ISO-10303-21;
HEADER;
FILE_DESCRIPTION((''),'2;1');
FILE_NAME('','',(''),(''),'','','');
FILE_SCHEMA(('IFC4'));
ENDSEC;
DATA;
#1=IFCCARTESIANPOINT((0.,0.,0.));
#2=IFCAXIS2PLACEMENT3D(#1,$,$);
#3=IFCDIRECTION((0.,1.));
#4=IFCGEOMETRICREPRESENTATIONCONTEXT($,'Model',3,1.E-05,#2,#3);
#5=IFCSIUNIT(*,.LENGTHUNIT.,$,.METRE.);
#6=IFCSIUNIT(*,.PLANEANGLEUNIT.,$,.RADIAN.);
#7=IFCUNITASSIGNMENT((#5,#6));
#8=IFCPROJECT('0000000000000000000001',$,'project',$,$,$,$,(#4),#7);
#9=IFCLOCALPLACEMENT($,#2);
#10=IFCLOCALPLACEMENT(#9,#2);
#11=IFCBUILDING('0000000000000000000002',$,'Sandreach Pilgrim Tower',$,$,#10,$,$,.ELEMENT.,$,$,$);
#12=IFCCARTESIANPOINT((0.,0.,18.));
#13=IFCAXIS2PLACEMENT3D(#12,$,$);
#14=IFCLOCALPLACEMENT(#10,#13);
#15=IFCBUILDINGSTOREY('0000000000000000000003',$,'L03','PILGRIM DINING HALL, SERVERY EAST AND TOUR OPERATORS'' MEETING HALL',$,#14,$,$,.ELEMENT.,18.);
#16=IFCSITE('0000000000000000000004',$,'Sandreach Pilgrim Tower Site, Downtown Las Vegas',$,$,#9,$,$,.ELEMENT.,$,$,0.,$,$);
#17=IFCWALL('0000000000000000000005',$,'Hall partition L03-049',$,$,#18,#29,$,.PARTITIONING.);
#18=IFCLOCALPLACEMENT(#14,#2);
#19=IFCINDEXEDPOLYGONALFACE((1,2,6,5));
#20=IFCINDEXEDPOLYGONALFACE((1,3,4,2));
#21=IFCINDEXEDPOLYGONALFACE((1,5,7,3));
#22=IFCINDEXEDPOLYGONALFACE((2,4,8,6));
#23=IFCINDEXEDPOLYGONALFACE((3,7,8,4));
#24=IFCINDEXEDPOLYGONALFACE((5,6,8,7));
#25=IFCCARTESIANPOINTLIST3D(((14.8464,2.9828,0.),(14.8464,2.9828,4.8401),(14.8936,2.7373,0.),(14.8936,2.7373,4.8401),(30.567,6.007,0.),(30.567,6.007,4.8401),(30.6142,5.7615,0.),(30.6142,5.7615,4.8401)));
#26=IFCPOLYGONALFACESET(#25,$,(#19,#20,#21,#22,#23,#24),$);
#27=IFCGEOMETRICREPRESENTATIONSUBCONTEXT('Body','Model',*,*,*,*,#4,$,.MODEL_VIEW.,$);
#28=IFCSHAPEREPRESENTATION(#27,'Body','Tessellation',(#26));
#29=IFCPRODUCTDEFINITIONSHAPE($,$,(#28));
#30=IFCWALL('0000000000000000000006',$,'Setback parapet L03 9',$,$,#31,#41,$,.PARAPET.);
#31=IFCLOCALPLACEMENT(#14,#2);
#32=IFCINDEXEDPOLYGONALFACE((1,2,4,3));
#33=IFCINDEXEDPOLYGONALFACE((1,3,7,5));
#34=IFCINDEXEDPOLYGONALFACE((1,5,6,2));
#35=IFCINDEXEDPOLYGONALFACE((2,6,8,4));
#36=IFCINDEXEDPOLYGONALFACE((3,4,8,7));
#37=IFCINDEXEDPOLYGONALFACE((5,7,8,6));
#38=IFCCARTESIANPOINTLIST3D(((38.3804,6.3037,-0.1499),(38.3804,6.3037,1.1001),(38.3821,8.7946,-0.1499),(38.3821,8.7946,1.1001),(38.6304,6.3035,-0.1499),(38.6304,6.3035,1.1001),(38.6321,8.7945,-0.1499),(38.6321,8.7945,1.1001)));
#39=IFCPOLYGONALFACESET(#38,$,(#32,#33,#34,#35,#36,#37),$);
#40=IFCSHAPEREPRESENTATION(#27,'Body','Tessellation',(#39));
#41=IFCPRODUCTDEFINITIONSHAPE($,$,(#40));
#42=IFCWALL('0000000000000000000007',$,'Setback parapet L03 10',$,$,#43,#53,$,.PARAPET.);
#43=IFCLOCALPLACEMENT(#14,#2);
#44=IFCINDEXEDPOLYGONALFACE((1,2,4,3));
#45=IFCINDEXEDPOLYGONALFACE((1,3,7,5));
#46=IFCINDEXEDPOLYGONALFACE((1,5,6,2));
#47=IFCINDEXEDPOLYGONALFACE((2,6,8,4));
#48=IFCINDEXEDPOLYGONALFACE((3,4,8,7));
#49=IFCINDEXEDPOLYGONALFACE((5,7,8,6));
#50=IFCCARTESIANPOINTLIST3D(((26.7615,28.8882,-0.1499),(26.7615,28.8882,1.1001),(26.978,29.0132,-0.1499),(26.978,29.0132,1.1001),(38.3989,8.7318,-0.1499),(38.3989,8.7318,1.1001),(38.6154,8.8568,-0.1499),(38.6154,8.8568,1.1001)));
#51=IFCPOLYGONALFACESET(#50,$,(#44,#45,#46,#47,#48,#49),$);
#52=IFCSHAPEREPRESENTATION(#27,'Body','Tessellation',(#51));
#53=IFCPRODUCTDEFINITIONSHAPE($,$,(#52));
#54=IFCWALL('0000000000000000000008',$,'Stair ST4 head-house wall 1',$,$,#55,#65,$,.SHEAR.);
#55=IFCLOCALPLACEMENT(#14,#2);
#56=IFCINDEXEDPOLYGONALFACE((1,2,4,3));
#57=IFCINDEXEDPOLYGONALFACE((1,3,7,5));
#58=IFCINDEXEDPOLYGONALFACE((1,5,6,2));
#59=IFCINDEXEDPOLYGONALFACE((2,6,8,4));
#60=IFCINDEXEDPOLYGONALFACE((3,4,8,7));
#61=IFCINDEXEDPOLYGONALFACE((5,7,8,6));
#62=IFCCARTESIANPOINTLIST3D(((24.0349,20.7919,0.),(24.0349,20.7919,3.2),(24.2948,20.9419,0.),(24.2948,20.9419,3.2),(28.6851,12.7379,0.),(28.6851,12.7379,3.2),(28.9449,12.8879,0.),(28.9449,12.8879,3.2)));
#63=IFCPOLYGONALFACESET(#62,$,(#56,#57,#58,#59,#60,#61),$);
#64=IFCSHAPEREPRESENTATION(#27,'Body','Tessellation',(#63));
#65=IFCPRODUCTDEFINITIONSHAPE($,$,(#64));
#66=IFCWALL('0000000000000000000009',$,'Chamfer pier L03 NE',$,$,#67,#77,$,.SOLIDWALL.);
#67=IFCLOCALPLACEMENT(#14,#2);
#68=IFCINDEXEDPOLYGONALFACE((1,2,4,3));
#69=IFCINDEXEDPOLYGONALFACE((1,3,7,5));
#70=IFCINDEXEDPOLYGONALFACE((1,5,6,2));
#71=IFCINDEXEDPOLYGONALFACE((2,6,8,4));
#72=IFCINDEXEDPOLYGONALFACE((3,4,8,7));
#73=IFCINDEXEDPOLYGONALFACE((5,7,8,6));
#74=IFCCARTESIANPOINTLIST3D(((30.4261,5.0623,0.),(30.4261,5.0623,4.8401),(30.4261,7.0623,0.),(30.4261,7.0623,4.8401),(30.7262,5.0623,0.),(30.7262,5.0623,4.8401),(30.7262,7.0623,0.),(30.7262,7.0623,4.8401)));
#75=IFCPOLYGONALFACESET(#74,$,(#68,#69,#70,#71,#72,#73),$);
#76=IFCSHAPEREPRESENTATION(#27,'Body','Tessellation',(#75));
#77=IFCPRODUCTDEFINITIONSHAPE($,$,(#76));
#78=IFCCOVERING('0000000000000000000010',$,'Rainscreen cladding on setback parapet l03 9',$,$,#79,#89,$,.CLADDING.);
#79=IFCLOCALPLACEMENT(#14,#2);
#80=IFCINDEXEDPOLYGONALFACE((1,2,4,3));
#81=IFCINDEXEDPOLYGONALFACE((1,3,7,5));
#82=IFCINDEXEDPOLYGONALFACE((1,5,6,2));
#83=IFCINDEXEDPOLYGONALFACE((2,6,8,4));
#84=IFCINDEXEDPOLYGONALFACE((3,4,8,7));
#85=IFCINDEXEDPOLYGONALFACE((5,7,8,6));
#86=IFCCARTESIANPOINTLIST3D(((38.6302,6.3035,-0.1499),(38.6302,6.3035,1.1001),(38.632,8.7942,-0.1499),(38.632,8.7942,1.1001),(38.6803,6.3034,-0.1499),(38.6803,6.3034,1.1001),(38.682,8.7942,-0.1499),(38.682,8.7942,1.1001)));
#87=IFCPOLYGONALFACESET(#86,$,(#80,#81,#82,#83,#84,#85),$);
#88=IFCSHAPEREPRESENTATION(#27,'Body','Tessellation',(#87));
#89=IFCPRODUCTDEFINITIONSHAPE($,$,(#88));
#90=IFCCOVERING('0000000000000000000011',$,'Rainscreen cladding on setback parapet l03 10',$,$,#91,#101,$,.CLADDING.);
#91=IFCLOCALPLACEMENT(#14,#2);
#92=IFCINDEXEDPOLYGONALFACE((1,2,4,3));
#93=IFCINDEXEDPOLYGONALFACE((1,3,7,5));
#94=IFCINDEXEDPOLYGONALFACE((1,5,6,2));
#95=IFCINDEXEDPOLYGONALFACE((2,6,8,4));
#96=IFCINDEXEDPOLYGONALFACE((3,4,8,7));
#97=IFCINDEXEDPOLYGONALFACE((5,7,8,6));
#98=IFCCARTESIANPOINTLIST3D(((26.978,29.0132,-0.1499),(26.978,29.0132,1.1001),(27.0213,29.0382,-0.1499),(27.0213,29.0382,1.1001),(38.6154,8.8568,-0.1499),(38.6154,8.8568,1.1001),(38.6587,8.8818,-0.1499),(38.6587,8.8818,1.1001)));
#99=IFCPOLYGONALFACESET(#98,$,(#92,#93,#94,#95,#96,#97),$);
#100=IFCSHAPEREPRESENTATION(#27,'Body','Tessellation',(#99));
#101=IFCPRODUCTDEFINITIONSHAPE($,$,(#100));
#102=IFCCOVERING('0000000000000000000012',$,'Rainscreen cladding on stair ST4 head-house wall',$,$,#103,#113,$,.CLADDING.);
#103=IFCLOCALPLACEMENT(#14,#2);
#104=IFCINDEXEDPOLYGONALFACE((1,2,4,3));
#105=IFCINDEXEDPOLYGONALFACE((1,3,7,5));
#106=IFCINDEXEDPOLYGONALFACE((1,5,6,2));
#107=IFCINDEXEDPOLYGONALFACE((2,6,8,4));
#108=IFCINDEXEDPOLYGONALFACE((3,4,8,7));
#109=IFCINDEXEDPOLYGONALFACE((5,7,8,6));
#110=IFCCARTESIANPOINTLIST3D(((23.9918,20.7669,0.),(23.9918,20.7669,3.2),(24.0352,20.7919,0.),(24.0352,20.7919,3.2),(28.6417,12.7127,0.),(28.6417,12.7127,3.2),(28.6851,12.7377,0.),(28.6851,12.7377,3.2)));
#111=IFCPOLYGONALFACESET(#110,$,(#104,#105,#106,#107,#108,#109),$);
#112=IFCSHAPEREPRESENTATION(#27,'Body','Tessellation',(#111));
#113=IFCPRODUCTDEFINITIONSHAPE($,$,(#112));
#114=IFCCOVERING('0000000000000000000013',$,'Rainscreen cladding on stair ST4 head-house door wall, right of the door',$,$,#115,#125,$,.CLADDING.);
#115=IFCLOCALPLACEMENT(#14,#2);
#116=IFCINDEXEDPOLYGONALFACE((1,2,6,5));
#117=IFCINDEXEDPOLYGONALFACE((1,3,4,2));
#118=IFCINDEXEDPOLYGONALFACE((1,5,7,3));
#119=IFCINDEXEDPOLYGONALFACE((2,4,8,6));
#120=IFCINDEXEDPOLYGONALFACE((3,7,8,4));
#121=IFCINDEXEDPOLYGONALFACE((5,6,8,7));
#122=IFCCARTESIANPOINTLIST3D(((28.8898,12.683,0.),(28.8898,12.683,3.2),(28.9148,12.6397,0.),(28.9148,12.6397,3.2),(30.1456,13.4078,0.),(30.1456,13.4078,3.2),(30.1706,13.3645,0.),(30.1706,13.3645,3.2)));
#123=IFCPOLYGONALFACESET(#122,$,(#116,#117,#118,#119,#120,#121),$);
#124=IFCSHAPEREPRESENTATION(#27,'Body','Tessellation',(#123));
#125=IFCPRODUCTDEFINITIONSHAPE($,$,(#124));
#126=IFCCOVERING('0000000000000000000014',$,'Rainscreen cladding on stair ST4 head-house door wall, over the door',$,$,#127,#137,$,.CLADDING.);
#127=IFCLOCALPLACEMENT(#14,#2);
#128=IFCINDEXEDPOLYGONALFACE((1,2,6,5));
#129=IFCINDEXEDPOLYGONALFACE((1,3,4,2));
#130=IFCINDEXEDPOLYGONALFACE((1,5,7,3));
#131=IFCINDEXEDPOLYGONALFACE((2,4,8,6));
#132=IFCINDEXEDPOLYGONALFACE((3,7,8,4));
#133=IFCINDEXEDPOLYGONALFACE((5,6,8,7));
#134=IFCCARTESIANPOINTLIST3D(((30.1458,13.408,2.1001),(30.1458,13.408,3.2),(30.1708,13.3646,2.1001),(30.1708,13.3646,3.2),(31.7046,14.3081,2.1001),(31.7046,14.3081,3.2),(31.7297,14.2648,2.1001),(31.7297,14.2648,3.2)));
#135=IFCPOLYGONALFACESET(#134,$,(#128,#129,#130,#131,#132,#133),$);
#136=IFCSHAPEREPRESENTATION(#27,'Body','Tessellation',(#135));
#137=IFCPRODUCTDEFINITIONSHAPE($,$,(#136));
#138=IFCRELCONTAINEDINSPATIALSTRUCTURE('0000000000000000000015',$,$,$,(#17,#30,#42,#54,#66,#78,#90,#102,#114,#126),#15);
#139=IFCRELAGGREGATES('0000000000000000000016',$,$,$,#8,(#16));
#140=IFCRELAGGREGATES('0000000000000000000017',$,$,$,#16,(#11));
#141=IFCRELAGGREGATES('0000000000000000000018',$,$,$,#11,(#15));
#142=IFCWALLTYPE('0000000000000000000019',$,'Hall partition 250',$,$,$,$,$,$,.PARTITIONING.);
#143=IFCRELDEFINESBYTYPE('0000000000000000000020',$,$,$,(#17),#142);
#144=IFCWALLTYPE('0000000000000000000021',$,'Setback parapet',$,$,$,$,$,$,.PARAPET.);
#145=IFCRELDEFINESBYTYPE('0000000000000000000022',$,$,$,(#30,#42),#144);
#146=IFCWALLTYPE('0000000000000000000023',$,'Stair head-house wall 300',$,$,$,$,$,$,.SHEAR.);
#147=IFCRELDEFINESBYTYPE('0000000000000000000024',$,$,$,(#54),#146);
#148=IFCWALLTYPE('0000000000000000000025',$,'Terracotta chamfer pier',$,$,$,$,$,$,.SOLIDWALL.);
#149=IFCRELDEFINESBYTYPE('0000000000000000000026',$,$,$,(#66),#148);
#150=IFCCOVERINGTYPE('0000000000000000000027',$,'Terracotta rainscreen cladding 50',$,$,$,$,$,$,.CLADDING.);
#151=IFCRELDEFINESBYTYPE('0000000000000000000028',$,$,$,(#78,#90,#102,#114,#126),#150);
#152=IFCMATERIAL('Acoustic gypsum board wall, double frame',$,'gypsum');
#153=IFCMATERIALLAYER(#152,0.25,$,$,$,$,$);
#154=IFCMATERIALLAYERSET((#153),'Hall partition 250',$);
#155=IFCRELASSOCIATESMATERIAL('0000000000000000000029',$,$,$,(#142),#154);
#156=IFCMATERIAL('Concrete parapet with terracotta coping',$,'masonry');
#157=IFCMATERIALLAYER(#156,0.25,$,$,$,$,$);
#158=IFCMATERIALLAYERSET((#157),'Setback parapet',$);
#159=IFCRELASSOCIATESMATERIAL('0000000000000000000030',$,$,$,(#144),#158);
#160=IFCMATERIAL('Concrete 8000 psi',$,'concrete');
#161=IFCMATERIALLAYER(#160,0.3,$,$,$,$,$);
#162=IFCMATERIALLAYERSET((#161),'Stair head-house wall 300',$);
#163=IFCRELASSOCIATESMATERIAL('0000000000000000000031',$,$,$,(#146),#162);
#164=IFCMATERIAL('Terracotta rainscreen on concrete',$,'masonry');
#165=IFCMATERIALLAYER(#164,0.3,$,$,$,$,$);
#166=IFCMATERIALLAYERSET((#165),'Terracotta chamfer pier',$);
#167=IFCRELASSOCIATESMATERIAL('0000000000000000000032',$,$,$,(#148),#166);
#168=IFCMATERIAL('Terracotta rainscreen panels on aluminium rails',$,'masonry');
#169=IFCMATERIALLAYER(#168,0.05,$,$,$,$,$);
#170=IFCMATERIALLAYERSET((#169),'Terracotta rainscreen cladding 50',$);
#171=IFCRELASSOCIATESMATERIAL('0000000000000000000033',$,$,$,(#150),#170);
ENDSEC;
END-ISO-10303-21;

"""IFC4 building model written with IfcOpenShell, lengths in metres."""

from ifc_helpers import new_model, si_unit, direction, frame, frame_2d, origin, place, context, subcontext, project, spatial, rectangle, extrude, material, layer, layer_set, type_object, element, save


model = new_model("IFC4")

# Units and contexts
model_context = context("Model", 3, precision=1e-05, world=origin(), true_north=direction((0.0, 1.0)))
body_context = subcontext(model_context, "Body", "Model", "MODEL_VIEW")
ifc_project = project(units=[si_unit("LENGTHUNIT", "METRE"), si_unit("PLANEANGLEUNIT", "RADIAN")], contexts=[model_context])

# Site, building, storey
site_placement = place(None, origin())
site = spatial("IfcSite", under=ifc_project, at=site_placement, Name="Sandreach Pilgrim Tower Site, Downtown Las Vegas", CompositionType="ELEMENT", RefElevation=0.0)
building_placement = place(site_placement, origin())
building = spatial("IfcBuilding", under=site, at=building_placement, Name="Sandreach Pilgrim Tower", CompositionType="ELEMENT")
storey_placement = place(building_placement, frame((0.0, 0.0, 18.0)))
storey = spatial("IfcBuildingStorey", under=building, at=storey_placement, Name="L03", Description="PILGRIM DINING HALL, SERVERY EAST AND TOUR OPERATORS' MEETING HALL", CompositionType="ELEMENT", Elevation=18.0)

# Shared definitions
ifc_material_1 = material(Name="Acoustic gypsum board wall, double frame", Category="gypsum")
ifc_layer_1 = layer(ifc_material_1, 0.25)
ifc_layer_set_1 = layer_set([ifc_layer_1], Name="Hall partition 250")
wall_type_1 = type_object("IfcWallType", Name="Hall partition 250", PredefinedType="PARTITIONING", material=ifc_layer_set_1)

# Walls
wall_1_placement = place(storey_placement, frame((30.5906, 5.8843, 0.0), z_axis=(0.0, 0.0, 1.0), x_axis=(-0.981995, -0.188908, 0.0)))
element("IfcWall", 1, at=wall_1_placement, inside=storey, type_object=wall_type_1, Name="Hall partition L03-049", PredefinedType="PARTITIONING", context=body_context, shape_type="SweptSolid", body=[
    extrude(rectangle(XDim=16.0088, YDim=0.25, at=frame_2d((8.0044, 0.0))), origin(), (0.0, 0.0, 1.0), 4.8401),
])
ifc_material_2 = material(Name="Concrete parapet with terracotta coping", Category="masonry")
ifc_layer_2 = layer(ifc_material_2, 0.25)
ifc_layer_set_2 = layer_set([ifc_layer_2], Name="Setback parapet")
wall_type_2 = type_object("IfcWallType", Name="Setback parapet", PredefinedType="PARAPET", material=ifc_layer_set_2)
wall_2_placement = place(storey_placement, frame((38.5054, 6.3035, -0.1499), z_axis=(0.0, 0.0, 1.0), x_axis=(0.000686, 1.0, 0.0)))
element("IfcWall", 2, at=wall_2_placement, inside=storey, type_object=wall_type_2, Name="Setback parapet L03 9", PredefinedType="PARAPET", context=body_context, shape_type="SweptSolid", body=[
    extrude(rectangle(XDim=2.491, YDim=0.25, at=frame_2d((1.2456, 0.0))), origin(), (0.0, 0.0, 1.0), 1.25),
])
wall_3_placement = place(storey_placement, frame((38.5071, 8.7944, -0.1499), z_axis=(0.0, 0.0, 1.0), x_axis=(-0.500003, 0.866024, 0.0)))
element("IfcWall", 3, at=wall_3_placement, inside=storey, type_object=wall_type_2, Name="Setback parapet L03 10", PredefinedType="PARAPET", context=body_context, shape_type="SweptSolid", body=[
    extrude(rectangle(XDim=23.2747, YDim=0.25, at=frame_2d((11.6372, 0.0))), origin(), (0.0, 0.0, 1.0), 1.25),
])
ifc_material_3 = material(Name="Concrete 8000 psi", Category="concrete")
ifc_layer_3 = layer(ifc_material_3, 0.3)
ifc_layer_set_3 = layer_set([ifc_layer_3], Name="Stair head-house wall 300")
wall_type_3 = type_object("IfcWallType", Name="Stair head-house wall 300", PredefinedType="SHEAR", material=ifc_layer_set_3)
wall_4_placement = place(storey_placement, frame((28.8149, 12.813, 0.0), z_axis=(0.0, 0.0, 1.0), x_axis=(-0.500016, 0.866016, 0.0)))
element("IfcWall", 4, at=wall_4_placement, inside=storey, type_object=wall_type_3, Name="Stair ST4 head-house wall 1", PredefinedType="SHEAR", context=body_context, shape_type="SweptSolid", body=[
    extrude(rectangle(XDim=9.3, YDim=0.3, at=frame_2d((4.6499, 0.0))), origin(), (0.0, 0.0, 1.0), 3.2),
])
ifc_material_4 = material(Name="Terracotta rainscreen on concrete", Category="masonry")
ifc_layer_4 = layer(ifc_material_4, 0.3)
ifc_layer_set_4 = layer_set([ifc_layer_4], Name="Terracotta chamfer pier")
wall_type_4 = type_object("IfcWallType", Name="Terracotta chamfer pier", PredefinedType="SOLIDWALL", material=ifc_layer_set_4)
wall_5_placement = place(storey_placement, frame((30.5762, 7.0623, 0.0), z_axis=(0.0, 0.0, 1.0), x_axis=(0.0, -1.0, 0.0)))
element("IfcWall", 5, at=wall_5_placement, inside=storey, type_object=wall_type_4, Name="Chamfer pier L03 NE", PredefinedType="SOLIDWALL", context=body_context, shape_type="SweptSolid", body=[
    extrude(rectangle(XDim=2.0, YDim=0.3, at=frame_2d((1.0, 0.0))), origin(), (0.0, 0.0, 1.0), 4.8401),
])

# Coverings
ifc_material_5 = material(Name="Terracotta rainscreen panels on aluminium rails", Category="masonry")
ifc_layer_5 = layer(ifc_material_5, 0.05)
ifc_layer_set_5 = layer_set([ifc_layer_5], Name="Terracotta rainscreen cladding 50")
covering_type = type_object("IfcCoveringType", Name="Terracotta rainscreen cladding 50", PredefinedType="CLADDING", material=ifc_layer_set_5)
covering_1_placement = place(storey_placement, frame((38.6553, 6.3035, -0.1499), z_axis=(0.0, 0.0, 1.0), x_axis=(0.000686, 1.0, 0.0)))
element("IfcCovering", 6, at=covering_1_placement, inside=storey, type_object=covering_type, Name="Rainscreen cladding on setback parapet l03 9", PredefinedType="CLADDING", context=body_context, shape_type="SweptSolid", body=[
    extrude(rectangle(XDim=2.4907, YDim=0.05, at=frame_2d((1.2454, 0.0))), origin(), (0.0, 0.0, 1.0), 1.25),
])
covering_2_placement = place(storey_placement, frame((38.637, 8.8694, -0.1499), z_axis=(0.0, 0.0, 1.0), x_axis=(-0.500003, 0.866024, 0.0)))
element("IfcCovering", 7, at=covering_2_placement, inside=storey, type_object=covering_type, Name="Rainscreen cladding on setback parapet l03 10", PredefinedType="CLADDING", context=body_context, shape_type="SweptSolid", body=[
    extrude(rectangle(XDim=23.2747, YDim=0.05, at=frame_2d((11.6372, 0.0))), origin(), (0.0, 0.0, 1.0), 1.25),
])
covering_3_placement = place(storey_placement, frame((28.6633, 12.7253, 0.0), z_axis=(0.0, 0.0, 1.0), x_axis=(-0.499985, 0.866034, 0.0)))
element("IfcCovering", 8, at=covering_3_placement, inside=storey, type_object=covering_type, Name="Rainscreen cladding on stair ST4 head-house wall", PredefinedType="CLADDING", context=body_context, shape_type="SweptSolid", body=[
    extrude(rectangle(XDim=9.3, YDim=0.05, at=frame_2d((4.6499, 0.0))), origin(), (0.0, 0.0, 1.0), 3.2),
])
covering_4_placement = place(storey_placement, frame((30.1582, 13.3862, 0.0), z_axis=(0.0, 0.0, 1.0), x_axis=(-0.86609, -0.499888, 0.0)))
element("IfcCovering", 9, at=covering_4_placement, inside=storey, type_object=covering_type, Name="Rainscreen cladding on stair ST4 head-house door wall, right of the door", PredefinedType="CLADDING", context=body_context, shape_type="SweptSolid", body=[
    extrude(rectangle(XDim=1.45, YDim=0.05, at=frame_2d((0.7251, 0.0))), origin(), (0.0, 0.0, 1.0), 3.2),
])
covering_5_placement = place(storey_placement, frame((31.717, 14.2864, 2.1001), z_axis=(0.0, 0.0, 1.0), x_axis=(-0.865989, -0.500063, 0.0)))
element("IfcCovering", 10, at=covering_5_placement, inside=storey, type_object=covering_type, Name="Rainscreen cladding on stair ST4 head-house door wall, over the door", PredefinedType="CLADDING", context=body_context, shape_type="SweptSolid", body=[
    extrude(rectangle(XDim=1.8, YDim=0.05, at=frame_2d((0.8999, 0.0))), origin(), (0.0, 0.0, 1.0), 1.0999),
])

save(model, "model.ifc")
